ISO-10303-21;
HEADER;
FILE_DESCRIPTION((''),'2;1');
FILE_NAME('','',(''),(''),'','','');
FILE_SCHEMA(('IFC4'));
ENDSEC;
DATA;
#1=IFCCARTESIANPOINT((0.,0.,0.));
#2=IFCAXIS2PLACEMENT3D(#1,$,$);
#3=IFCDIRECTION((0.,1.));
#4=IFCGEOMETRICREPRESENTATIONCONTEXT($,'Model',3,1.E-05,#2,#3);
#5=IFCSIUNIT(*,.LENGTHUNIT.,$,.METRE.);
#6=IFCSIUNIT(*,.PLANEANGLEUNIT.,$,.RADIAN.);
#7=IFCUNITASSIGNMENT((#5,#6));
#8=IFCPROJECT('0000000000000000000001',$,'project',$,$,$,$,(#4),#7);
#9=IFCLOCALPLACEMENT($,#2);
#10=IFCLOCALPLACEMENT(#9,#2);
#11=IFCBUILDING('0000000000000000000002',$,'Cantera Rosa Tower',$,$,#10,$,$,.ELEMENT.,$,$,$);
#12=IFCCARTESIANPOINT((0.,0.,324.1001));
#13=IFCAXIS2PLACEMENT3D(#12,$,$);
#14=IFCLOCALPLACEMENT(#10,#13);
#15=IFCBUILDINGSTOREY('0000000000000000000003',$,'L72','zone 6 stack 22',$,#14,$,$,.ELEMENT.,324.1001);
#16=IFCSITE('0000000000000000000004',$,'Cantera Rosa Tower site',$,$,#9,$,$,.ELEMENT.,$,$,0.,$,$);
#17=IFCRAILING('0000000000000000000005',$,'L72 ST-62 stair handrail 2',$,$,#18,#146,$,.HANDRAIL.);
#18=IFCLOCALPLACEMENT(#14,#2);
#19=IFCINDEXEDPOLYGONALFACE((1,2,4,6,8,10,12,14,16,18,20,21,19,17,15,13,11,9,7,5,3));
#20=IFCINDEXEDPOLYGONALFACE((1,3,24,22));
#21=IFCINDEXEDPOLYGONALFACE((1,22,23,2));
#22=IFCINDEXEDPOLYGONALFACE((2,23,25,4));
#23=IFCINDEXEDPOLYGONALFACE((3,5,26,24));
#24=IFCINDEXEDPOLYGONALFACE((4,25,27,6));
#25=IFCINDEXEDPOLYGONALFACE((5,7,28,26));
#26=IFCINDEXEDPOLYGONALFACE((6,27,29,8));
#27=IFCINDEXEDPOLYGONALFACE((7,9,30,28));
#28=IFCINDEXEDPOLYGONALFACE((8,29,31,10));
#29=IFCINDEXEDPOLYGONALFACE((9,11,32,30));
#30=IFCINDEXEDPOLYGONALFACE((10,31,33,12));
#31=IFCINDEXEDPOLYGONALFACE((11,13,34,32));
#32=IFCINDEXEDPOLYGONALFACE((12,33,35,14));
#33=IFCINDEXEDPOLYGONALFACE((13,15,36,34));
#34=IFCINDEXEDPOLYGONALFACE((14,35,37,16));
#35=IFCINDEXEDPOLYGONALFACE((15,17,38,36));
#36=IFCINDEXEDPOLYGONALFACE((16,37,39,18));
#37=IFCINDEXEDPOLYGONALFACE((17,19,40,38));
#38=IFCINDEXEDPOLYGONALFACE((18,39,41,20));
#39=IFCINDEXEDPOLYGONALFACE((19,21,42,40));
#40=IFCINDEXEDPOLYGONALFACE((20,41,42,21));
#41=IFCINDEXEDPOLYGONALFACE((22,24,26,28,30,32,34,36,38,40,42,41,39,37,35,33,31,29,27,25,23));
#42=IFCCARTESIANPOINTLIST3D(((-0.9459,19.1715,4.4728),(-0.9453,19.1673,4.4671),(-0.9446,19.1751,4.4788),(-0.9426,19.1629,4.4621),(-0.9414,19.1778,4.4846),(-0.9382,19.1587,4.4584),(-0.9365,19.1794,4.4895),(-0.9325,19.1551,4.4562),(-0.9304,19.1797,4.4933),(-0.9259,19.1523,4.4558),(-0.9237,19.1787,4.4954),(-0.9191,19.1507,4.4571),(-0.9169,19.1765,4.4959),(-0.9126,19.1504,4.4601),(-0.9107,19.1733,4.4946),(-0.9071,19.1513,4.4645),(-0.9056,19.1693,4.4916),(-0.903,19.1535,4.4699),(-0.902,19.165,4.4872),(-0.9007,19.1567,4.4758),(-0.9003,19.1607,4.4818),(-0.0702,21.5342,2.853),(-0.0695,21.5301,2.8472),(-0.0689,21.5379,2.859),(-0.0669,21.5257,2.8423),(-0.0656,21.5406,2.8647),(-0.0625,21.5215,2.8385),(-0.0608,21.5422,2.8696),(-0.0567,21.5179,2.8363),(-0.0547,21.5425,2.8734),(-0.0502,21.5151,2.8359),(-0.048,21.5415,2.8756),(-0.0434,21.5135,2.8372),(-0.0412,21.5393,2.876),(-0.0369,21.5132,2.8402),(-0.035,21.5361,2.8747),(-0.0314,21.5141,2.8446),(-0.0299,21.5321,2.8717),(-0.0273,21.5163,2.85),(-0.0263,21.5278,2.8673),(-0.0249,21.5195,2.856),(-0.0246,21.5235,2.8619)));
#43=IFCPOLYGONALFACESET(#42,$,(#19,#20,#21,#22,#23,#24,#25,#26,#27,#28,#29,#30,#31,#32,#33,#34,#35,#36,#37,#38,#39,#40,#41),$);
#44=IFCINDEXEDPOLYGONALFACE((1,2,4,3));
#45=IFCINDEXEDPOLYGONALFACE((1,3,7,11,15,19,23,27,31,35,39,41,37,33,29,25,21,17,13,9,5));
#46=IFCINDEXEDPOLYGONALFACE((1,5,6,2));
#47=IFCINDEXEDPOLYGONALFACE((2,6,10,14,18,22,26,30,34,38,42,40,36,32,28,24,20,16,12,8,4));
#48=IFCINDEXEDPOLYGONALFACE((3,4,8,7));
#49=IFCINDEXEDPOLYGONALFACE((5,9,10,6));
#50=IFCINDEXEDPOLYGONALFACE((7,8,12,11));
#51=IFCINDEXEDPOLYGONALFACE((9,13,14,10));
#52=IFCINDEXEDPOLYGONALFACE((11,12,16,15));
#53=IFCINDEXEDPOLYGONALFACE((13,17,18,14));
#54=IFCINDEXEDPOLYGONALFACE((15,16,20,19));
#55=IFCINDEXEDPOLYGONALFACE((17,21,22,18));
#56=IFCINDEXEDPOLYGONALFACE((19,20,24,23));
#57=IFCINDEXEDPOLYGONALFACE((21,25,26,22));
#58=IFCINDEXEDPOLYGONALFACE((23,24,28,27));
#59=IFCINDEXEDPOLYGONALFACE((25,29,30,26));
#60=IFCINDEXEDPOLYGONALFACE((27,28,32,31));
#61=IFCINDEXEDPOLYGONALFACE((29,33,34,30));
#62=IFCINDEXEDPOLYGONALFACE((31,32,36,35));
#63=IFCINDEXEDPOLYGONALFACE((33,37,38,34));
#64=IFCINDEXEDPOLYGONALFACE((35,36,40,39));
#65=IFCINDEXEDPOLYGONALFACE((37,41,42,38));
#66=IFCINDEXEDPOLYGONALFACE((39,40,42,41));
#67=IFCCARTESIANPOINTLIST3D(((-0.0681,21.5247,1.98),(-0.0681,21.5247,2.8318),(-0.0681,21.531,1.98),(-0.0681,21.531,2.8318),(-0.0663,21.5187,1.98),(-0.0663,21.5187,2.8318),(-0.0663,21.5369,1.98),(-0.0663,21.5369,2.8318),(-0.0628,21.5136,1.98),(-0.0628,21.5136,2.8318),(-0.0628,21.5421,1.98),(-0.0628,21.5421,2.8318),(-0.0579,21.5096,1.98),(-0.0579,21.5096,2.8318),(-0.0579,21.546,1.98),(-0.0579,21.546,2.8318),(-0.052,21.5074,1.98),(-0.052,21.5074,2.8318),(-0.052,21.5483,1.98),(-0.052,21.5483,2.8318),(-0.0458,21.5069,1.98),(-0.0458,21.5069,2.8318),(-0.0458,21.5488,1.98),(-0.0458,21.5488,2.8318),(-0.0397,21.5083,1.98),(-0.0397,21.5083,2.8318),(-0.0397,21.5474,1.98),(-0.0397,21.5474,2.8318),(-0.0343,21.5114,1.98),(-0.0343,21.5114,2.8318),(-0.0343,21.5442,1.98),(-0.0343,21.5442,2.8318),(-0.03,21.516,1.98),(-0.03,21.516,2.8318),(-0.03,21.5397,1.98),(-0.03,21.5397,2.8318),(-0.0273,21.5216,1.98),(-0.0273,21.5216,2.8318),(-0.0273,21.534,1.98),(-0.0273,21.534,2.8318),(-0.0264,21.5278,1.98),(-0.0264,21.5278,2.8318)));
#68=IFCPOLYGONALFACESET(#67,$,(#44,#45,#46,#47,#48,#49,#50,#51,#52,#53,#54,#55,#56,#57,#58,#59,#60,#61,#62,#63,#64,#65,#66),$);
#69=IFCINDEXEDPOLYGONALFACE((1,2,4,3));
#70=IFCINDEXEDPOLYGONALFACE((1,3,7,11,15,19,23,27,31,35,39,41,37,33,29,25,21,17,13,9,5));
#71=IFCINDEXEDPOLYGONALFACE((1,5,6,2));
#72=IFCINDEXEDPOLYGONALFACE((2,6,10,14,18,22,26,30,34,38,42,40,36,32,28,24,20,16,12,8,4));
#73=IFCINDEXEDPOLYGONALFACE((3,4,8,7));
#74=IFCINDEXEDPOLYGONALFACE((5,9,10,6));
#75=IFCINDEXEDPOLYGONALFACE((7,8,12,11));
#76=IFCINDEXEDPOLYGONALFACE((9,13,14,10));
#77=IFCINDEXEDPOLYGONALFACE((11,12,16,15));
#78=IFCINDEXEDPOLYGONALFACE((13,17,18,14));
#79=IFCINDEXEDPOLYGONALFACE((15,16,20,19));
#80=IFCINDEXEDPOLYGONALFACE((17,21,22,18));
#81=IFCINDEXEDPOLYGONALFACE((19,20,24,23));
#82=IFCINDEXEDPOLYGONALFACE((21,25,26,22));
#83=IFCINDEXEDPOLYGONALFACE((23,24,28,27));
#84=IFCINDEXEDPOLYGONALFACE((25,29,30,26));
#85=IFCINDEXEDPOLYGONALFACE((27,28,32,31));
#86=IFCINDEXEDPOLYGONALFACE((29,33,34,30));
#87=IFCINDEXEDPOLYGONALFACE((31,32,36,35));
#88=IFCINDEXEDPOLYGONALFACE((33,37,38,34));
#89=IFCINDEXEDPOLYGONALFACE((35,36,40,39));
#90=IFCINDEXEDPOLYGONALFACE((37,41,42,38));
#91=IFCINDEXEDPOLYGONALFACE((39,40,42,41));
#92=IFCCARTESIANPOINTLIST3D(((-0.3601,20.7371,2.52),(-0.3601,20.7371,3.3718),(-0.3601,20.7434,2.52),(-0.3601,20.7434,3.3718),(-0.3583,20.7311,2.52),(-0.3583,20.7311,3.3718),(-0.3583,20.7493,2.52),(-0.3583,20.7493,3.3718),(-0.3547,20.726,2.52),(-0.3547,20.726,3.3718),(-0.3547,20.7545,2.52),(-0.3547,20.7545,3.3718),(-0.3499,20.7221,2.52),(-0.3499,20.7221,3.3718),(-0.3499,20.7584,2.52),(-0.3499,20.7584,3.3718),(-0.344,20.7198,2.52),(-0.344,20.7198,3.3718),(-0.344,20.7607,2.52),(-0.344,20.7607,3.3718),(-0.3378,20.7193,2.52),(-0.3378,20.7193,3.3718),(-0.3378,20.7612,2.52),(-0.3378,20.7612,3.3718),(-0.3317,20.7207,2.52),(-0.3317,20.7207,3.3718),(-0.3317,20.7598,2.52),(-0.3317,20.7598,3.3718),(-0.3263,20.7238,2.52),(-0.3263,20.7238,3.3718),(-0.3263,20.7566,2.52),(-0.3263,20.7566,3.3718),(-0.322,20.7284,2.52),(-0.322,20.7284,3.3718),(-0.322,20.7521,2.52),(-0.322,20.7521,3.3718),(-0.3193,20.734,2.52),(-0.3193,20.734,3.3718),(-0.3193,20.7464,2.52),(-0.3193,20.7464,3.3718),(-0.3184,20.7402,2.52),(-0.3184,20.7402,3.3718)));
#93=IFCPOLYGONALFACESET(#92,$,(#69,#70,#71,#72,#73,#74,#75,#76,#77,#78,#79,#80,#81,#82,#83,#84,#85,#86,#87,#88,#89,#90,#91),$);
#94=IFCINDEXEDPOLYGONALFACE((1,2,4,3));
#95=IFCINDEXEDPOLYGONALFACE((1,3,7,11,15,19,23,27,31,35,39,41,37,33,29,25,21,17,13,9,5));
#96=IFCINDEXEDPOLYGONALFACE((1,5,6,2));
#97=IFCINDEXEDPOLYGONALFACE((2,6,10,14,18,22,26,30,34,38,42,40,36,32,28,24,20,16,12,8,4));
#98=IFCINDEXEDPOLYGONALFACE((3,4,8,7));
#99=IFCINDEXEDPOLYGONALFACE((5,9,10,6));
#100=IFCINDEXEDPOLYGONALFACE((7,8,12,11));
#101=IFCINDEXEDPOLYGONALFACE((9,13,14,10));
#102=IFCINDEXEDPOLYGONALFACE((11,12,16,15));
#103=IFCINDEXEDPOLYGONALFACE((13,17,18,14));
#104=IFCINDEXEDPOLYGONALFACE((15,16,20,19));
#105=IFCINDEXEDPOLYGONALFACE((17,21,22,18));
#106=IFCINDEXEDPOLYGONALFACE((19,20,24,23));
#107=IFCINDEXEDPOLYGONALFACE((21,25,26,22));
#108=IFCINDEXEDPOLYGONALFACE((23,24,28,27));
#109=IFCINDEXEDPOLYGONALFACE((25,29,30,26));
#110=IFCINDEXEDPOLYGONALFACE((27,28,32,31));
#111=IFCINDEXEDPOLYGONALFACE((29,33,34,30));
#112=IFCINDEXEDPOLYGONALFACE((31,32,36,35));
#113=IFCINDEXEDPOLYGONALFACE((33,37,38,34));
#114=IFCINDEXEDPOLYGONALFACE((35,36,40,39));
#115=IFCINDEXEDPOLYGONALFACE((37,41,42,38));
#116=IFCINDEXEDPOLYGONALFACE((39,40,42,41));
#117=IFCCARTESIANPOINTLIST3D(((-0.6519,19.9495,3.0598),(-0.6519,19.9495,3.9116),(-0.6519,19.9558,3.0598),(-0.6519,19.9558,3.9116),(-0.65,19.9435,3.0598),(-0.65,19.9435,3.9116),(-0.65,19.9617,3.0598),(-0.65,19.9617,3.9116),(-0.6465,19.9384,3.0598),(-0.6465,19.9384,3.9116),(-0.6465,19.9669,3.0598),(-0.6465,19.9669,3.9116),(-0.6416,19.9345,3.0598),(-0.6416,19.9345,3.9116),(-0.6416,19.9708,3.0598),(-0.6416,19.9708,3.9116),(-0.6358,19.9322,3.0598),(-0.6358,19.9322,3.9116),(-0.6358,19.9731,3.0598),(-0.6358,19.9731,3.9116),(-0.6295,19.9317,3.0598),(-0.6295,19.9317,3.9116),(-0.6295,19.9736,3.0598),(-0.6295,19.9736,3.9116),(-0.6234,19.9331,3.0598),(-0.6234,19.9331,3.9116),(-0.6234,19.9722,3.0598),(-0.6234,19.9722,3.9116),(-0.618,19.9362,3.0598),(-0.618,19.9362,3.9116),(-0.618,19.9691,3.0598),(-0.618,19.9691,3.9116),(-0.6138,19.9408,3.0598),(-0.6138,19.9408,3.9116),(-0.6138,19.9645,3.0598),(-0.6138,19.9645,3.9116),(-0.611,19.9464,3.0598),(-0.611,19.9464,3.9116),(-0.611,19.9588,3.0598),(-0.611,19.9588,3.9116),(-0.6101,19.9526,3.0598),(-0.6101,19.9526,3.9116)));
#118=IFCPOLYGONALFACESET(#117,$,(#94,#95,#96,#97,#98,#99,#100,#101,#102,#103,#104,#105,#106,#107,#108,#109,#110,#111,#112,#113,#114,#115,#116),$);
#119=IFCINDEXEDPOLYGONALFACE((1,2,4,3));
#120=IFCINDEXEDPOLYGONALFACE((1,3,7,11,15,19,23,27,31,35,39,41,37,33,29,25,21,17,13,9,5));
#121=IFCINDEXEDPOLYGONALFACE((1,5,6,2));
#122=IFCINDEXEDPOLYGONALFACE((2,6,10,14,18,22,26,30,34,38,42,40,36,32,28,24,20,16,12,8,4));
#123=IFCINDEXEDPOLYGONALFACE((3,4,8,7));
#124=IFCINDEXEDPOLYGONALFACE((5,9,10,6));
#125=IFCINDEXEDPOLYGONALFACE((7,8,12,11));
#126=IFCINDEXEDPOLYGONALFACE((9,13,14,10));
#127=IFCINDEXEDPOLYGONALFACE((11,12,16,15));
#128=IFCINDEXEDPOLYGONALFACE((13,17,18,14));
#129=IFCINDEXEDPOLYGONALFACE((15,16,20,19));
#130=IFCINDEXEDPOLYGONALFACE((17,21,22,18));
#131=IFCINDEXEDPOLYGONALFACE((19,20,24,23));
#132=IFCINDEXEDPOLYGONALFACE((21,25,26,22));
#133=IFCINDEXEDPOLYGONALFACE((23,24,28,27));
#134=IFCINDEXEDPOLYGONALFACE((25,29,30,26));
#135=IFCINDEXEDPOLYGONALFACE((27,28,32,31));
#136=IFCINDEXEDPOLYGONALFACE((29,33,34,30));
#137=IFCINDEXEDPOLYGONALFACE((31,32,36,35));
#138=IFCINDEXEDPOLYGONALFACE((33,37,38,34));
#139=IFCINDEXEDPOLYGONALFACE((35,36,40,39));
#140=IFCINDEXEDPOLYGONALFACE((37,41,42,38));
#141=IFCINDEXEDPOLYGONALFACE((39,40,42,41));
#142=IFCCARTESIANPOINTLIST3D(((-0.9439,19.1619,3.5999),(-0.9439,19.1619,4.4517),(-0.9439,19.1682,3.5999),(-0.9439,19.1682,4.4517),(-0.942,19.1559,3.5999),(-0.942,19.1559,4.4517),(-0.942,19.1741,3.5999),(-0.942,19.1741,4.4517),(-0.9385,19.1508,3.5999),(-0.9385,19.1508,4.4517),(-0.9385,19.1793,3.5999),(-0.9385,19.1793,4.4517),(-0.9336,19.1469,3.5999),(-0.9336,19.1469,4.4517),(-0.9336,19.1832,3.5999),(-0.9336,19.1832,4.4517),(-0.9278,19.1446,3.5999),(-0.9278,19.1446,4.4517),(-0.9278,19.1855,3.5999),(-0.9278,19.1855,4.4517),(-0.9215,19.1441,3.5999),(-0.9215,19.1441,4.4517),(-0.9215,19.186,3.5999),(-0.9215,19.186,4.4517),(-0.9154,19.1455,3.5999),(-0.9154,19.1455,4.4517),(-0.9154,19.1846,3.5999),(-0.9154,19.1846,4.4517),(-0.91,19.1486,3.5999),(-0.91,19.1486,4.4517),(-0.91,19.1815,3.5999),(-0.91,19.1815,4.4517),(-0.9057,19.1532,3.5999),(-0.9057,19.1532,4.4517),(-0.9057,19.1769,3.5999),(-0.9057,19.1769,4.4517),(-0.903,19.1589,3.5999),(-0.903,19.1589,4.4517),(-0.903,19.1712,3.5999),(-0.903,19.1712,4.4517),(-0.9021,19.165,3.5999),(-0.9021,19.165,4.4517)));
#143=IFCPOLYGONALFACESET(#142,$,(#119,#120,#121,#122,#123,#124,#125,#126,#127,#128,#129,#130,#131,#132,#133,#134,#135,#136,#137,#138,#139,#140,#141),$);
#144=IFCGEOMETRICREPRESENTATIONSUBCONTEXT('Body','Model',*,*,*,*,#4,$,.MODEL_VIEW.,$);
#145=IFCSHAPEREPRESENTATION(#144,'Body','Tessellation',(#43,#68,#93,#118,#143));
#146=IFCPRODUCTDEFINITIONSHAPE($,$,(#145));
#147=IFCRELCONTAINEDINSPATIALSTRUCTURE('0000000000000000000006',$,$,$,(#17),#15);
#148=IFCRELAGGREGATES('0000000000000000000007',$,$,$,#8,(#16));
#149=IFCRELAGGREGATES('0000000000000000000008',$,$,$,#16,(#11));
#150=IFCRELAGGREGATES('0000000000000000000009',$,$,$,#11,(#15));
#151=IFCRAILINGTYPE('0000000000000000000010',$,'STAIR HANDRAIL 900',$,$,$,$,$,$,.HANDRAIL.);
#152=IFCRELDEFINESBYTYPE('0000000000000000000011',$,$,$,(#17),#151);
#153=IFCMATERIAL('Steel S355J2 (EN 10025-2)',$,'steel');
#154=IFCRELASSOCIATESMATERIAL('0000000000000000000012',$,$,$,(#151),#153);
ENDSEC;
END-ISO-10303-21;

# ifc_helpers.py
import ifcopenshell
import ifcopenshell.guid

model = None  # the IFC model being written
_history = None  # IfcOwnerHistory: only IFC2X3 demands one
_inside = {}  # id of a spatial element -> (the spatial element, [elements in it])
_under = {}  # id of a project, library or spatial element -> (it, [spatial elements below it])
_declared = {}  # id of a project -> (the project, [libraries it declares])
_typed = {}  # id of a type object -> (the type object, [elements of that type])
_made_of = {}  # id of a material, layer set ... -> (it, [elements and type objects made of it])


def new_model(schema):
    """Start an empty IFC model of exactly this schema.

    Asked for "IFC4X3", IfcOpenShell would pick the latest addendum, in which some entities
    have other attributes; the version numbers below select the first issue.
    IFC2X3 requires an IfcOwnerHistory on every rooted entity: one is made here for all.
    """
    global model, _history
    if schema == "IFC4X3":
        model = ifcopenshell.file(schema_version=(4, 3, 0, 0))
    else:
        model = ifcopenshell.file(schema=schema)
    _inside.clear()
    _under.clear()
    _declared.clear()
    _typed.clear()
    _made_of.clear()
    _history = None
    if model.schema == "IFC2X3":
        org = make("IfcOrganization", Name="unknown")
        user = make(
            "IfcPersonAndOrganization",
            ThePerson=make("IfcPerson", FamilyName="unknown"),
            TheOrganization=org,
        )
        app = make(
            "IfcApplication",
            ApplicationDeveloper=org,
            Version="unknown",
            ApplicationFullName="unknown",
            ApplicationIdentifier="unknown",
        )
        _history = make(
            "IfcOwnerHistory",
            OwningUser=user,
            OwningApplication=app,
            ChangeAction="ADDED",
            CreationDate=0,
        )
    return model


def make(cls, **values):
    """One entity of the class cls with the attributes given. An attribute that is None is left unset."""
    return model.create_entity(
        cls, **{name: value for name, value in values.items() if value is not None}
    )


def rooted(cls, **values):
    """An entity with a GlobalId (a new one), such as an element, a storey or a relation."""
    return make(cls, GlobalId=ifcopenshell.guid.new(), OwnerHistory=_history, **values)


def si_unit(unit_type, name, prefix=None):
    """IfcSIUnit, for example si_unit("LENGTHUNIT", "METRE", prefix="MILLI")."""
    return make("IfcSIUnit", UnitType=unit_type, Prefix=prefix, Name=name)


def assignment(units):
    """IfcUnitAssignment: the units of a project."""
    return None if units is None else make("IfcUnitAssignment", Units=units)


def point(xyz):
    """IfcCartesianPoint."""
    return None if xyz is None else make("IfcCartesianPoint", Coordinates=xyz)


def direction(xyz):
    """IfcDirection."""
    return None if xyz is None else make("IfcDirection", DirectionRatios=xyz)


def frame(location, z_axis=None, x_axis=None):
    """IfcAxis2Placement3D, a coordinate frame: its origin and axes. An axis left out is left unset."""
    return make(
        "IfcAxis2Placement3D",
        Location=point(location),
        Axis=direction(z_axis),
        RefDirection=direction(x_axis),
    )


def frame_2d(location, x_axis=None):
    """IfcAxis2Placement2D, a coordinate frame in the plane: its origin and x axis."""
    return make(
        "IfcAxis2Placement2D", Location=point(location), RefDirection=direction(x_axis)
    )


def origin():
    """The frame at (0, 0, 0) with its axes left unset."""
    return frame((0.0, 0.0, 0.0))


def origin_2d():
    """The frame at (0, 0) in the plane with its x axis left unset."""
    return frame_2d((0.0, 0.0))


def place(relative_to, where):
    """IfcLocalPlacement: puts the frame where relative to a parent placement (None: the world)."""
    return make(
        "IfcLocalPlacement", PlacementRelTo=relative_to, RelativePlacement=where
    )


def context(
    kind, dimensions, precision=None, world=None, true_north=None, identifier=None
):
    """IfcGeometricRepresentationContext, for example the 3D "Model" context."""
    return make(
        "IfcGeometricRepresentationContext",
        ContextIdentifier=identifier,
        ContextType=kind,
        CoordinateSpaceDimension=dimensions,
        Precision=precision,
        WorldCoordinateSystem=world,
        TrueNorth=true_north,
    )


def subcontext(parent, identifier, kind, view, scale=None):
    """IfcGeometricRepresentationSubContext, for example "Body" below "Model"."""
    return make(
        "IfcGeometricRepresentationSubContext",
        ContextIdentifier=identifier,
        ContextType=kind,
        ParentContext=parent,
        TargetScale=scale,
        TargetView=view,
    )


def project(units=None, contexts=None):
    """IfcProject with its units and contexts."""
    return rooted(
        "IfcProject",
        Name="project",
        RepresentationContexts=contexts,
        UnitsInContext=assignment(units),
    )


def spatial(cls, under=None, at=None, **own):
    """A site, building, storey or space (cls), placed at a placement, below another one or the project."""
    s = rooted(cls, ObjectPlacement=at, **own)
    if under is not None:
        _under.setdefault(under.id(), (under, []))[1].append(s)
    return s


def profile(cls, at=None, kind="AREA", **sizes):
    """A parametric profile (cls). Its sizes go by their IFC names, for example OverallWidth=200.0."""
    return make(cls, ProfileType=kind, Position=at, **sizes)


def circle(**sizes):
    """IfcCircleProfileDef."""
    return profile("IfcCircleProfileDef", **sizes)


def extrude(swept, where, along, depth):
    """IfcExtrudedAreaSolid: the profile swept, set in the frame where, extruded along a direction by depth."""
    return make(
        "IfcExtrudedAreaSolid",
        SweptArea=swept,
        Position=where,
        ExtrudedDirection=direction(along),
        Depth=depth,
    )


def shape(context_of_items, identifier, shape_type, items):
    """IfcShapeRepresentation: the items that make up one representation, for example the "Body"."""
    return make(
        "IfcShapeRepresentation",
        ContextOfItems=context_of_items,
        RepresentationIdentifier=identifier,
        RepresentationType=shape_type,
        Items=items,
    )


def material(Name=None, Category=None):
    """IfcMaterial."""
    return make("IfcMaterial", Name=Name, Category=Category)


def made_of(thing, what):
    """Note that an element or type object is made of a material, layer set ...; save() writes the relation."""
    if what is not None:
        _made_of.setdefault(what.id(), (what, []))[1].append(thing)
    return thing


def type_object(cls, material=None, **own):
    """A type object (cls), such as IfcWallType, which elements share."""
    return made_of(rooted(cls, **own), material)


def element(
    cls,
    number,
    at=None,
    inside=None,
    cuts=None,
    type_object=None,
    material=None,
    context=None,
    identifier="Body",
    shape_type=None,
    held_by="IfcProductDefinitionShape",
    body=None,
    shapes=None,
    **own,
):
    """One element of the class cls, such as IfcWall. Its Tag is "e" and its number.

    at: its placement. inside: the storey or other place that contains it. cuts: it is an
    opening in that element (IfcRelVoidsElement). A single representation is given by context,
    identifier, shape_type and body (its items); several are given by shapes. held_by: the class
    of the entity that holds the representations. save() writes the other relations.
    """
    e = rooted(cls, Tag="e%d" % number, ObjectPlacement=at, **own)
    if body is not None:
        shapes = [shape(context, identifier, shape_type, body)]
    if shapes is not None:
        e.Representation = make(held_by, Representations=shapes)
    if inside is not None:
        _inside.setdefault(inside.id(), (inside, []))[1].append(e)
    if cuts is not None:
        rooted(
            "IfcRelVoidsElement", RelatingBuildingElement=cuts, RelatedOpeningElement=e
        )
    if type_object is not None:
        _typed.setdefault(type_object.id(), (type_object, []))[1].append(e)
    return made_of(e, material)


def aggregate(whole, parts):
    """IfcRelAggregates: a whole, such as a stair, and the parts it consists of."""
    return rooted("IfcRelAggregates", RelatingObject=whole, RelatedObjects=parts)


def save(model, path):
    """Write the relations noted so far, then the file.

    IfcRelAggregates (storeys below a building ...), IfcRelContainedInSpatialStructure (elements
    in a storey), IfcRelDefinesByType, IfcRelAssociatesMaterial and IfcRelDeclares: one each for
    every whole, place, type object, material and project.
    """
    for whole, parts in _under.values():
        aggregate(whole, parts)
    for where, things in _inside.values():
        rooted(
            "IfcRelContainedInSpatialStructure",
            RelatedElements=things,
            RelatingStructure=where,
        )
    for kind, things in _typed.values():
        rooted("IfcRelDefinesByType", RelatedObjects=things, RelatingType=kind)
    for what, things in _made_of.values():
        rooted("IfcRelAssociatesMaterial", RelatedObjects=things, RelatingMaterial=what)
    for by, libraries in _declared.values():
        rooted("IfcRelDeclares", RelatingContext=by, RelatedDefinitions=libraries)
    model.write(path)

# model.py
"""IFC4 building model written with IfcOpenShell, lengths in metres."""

from ifc_helpers import new_model, si_unit, direction, frame, origin, origin_2d, place, context, subcontext, project, spatial, circle, extrude, material, type_object, element, save


model = new_model("IFC4")

# Units and contexts
model_context = context("Model", 3, precision=1e-05, world=origin(), true_north=direction((0.0, 1.0)))
body_context = subcontext(model_context, "Body", "Model", "MODEL_VIEW")
ifc_project = project(units=[si_unit("LENGTHUNIT", "METRE"), si_unit("PLANEANGLEUNIT", "RADIAN")], contexts=[model_context])

# Site, building, storey
site_placement = place(None, origin())
site = spatial("IfcSite", under=ifc_project, at=site_placement, Name="Cantera Rosa Tower site", CompositionType="ELEMENT", RefElevation=0.0)
building_placement = place(site_placement, origin())
building = spatial("IfcBuilding", under=site, at=building_placement, Name="Cantera Rosa Tower", CompositionType="ELEMENT")
storey_placement = place(building_placement, frame((0.0, 0.0, 324.1001)))
storey = spatial("IfcBuildingStorey", under=building, at=storey_placement, Name="L72", Description="zone 6 stack 22", CompositionType="ELEMENT", Elevation=324.1001)

# Railing
ifc_material_1 = material(Name="Steel S355J2 (EN 10025-2)", Category="steel")
railing_type = type_object("IfcRailingType", Name="STAIR HANDRAIL 900", PredefinedType="HANDRAIL", material=ifc_material_1)
railing_placement = place(storey_placement, frame((-0.0474, 21.5278, 1.98)))
element("IfcRailing", 1, at=railing_placement, inside=storey, type_object=railing_type, Name="L72 ST-62 stair handrail 2", PredefinedType="HANDRAIL", context=body_context, shape_type="SweptSolid", body=[
    extrude(circle(Radius=0.0239, at=origin_2d()), frame((0.0, 0.0, 0.876), z_axis=(-0.292338, -0.788752, 0.540749), x_axis=(0.937668, -0.347532, 0.0)), (0.0, 0.0, 1.0), 2.9956),
    extrude(circle(Radius=0.021, at=origin_2d()), origin(), (0.0, 0.0, 1.0), 0.8518),
    extrude(circle(Radius=0.021, at=origin_2d()), frame((-0.292, -0.7876, 0.54)), (0.0, 0.0, 1.0), 0.8518),
    extrude(circle(Radius=0.021, at=origin_2d()), frame((-0.5837, -1.5752, 1.0798)), (0.0, 0.0, 1.0), 0.8518),
    extrude(circle(Radius=0.021, at=origin_2d()), frame((-0.8757, -2.3628, 1.6199)), (0.0, 0.0, 1.0), 0.8518),
])

save(model, "model.ifc")
